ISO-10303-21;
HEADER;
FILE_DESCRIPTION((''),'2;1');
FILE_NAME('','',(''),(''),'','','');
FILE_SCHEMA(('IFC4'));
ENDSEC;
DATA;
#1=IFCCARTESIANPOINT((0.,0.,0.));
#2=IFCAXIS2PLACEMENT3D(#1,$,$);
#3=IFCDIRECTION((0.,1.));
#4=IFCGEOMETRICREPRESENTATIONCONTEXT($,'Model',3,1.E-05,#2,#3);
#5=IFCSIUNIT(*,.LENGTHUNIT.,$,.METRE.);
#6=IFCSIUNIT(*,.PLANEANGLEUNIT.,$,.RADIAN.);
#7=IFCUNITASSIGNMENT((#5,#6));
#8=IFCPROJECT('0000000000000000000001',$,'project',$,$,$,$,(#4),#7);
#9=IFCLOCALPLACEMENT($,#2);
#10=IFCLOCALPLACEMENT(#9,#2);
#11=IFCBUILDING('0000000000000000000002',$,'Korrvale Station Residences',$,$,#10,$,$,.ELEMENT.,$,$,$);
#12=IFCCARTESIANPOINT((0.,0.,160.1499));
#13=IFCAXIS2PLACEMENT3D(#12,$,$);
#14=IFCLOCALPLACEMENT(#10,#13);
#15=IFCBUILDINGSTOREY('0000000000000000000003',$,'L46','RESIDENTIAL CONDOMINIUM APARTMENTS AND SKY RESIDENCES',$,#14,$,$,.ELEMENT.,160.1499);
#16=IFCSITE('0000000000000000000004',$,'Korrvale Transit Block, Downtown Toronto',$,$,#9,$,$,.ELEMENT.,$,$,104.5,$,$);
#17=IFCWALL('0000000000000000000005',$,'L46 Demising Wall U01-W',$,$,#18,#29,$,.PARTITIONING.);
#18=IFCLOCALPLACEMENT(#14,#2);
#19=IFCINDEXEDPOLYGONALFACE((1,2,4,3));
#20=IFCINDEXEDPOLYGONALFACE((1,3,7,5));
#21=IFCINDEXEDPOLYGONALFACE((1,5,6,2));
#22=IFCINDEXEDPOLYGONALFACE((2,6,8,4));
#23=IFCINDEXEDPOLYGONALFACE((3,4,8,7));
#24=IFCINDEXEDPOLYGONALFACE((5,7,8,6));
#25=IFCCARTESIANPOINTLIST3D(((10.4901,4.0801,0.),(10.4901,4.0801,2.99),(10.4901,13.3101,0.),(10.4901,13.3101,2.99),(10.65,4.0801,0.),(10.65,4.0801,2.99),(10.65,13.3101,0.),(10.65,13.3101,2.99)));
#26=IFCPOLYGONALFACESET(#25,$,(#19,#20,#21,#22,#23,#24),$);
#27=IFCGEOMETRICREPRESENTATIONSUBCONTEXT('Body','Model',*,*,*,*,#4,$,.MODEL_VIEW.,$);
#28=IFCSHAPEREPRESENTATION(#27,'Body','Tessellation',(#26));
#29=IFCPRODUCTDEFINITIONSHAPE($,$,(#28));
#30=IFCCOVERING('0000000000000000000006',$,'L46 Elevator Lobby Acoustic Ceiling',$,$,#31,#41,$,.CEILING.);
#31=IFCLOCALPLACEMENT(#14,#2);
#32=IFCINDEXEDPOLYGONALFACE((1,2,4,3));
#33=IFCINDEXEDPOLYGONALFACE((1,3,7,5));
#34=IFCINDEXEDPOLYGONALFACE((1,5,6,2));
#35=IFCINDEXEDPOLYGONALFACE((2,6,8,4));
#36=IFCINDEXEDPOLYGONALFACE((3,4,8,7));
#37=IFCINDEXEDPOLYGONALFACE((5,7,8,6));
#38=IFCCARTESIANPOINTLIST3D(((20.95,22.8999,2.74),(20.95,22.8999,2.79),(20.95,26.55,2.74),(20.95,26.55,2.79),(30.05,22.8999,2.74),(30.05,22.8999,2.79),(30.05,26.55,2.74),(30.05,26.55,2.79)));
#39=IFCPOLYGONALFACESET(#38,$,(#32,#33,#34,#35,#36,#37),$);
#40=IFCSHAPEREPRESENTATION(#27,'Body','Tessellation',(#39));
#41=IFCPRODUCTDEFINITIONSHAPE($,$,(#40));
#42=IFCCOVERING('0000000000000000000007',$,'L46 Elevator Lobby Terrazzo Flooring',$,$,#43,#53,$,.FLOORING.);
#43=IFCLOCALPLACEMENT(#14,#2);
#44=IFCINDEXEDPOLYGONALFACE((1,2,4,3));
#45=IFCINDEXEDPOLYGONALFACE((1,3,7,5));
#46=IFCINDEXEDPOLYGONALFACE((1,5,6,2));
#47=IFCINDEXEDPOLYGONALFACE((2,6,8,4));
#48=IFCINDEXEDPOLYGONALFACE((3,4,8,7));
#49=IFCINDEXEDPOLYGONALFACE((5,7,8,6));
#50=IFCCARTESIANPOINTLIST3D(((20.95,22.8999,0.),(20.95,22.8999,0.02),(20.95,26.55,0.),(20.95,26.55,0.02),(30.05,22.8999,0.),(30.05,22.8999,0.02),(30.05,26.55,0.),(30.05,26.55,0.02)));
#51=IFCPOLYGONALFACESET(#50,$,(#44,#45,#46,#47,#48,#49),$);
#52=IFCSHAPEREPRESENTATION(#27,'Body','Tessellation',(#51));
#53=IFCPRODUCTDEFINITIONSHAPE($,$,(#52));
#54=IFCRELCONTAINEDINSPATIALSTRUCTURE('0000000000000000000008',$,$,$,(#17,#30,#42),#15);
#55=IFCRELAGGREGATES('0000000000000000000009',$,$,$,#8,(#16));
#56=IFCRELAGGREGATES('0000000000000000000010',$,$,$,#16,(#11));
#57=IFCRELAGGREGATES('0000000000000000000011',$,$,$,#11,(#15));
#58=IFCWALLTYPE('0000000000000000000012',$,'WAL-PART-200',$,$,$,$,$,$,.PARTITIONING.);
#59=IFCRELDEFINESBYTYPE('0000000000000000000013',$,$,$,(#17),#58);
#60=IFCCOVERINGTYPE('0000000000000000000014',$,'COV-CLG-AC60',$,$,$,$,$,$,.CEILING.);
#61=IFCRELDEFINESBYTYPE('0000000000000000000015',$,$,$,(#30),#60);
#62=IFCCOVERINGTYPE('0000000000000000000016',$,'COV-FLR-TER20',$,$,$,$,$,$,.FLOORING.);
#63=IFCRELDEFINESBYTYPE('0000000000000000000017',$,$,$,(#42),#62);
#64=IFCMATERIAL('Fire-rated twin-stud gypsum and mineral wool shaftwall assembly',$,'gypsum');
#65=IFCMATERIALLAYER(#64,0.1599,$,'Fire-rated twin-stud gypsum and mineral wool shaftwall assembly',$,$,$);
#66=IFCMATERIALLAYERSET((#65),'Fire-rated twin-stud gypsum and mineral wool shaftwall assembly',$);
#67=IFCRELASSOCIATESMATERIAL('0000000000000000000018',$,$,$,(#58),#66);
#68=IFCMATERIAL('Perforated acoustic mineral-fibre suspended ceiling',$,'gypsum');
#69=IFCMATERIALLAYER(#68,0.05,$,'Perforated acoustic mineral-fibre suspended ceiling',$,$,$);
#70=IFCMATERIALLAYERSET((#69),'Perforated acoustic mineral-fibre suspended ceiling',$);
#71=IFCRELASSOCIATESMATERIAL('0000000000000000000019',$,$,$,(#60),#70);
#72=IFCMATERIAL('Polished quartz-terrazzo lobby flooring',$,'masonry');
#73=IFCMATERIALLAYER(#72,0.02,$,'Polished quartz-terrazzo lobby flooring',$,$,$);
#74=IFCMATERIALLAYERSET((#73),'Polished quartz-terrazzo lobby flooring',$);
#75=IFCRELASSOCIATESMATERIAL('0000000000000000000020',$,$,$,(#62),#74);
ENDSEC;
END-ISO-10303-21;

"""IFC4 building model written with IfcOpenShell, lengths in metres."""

from ifc_helpers import new_model, si_unit, direction, frame, frame_2d, origin, place, context, subcontext, project, spatial, polyline, rectangle, outline, extrude, material, layer, layer_set, type_object, element, save


model = new_model("IFC4")

# Units and contexts
model_context = context("Model", 3, precision=1e-05, world=origin(), true_north=direction((0.0, 1.0)))
body_context = subcontext(model_context, "Body", "Model", "MODEL_VIEW")
ifc_project = project(units=[si_unit("LENGTHUNIT", "METRE"), si_unit("PLANEANGLEUNIT", "RADIAN")], contexts=[model_context])

# Site, building, storey
site_placement = place(None, origin())
site = spatial("IfcSite", under=ifc_project, at=site_placement, Name="Korrvale Transit Block, Downtown Toronto", CompositionType="ELEMENT", RefElevation=104.5)
building_placement = place(site_placement, origin())
building = spatial("IfcBuilding", under=site, at=building_placement, Name="Korrvale Station Residences", CompositionType="ELEMENT")
storey_placement = place(building_placement, frame((0.0, 0.0, 160.1499)))
storey = spatial("IfcBuildingStorey", under=building, at=storey_placement, Name="L46", Description="RESIDENTIAL CONDOMINIUM APARTMENTS AND SKY RESIDENCES", CompositionType="ELEMENT", Elevation=160.1499)

# Wall
ifc_material_1 = material(Name="Fire-rated twin-stud gypsum and mineral wool shaftwall assembly", Category="gypsum")
ifc_layer_1 = layer(ifc_material_1, 0.1599, Name="Fire-rated twin-stud gypsum and mineral wool shaftwall assembly")
ifc_layer_set_1 = layer_set([ifc_layer_1], Name="Fire-rated twin-stud gypsum and mineral wool shaftwall assembly")
wall_type_1 = type_object("IfcWallType", Name="WAL-PART-200", PredefinedType="PARTITIONING", material=ifc_layer_set_1)
wall_1_placement = place(storey_placement, frame((10.5701, 4.0801, 0.0), z_axis=(0.0, 0.0, 1.0), x_axis=(0.0, 1.0, 0.0)))
element("IfcWall", 1, at=wall_1_placement, inside=storey, type_object=wall_type_1, Name="L46 Demising Wall U01-W", PredefinedType="PARTITIONING", context=body_context, shape_type="SweptSolid", body=[
    extrude(rectangle(XDim=9.23, YDim=0.1599, at=frame_2d((4.615, 0.0))), origin(), (0.0, 0.0, 1.0), 2.99),
])

# Coverings
ifc_material_2 = material(Name="Perforated acoustic mineral-fibre suspended ceiling", Category="gypsum")
ifc_layer_2 = layer(ifc_material_2, 0.05, Name="Perforated acoustic mineral-fibre suspended ceiling")
ifc_layer_set_2 = layer_set([ifc_layer_2], Name="Perforated acoustic mineral-fibre suspended ceiling")
covering_type_1 = type_object("IfcCoveringType", Name="COV-CLG-AC60", PredefinedType="CEILING", material=ifc_layer_set_2)
covering_1_placement = place(storey_placement, frame((0.0, 0.0, 2.74)))
element("IfcCovering", 2, at=covering_1_placement, inside=storey, type_object=covering_type_1, Name="L46 Elevator Lobby Acoustic Ceiling", PredefinedType="CEILING", context=body_context, shape_type="SweptSolid", body=[
    extrude(outline(polyline([(20.95, 22.8999), (30.05, 22.8999), (30.05, 26.55), (20.95, 26.55), (20.95, 22.8999)])), origin(), (0.0, 0.0, 1.0), 0.05),
])
ifc_material_3 = material(Name="Polished quartz-terrazzo lobby flooring", Category="masonry")
ifc_layer_3 = layer(ifc_material_3, 0.02, Name="Polished quartz-terrazzo lobby flooring")
ifc_layer_set_3 = layer_set([ifc_layer_3], Name="Polished quartz-terrazzo lobby flooring")
covering_type_2 = type_object("IfcCoveringType", Name="COV-FLR-TER20", PredefinedType="FLOORING", material=ifc_layer_set_3)
covering_2_placement = place(storey_placement, origin())
element("IfcCovering", 3, at=covering_2_placement, inside=storey, type_object=covering_type_2, Name="L46 Elevator Lobby Terrazzo Flooring", PredefinedType="FLOORING", context=body_context, shape_type="SweptSolid", body=[
    extrude(outline(polyline([(20.95, 22.8999), (30.05, 22.8999), (30.05, 26.55), (20.95, 26.55), (20.95, 22.8999)])), origin(), (0.0, 0.0, 1.0), 0.02),
])

save(model, "model.ifc")
